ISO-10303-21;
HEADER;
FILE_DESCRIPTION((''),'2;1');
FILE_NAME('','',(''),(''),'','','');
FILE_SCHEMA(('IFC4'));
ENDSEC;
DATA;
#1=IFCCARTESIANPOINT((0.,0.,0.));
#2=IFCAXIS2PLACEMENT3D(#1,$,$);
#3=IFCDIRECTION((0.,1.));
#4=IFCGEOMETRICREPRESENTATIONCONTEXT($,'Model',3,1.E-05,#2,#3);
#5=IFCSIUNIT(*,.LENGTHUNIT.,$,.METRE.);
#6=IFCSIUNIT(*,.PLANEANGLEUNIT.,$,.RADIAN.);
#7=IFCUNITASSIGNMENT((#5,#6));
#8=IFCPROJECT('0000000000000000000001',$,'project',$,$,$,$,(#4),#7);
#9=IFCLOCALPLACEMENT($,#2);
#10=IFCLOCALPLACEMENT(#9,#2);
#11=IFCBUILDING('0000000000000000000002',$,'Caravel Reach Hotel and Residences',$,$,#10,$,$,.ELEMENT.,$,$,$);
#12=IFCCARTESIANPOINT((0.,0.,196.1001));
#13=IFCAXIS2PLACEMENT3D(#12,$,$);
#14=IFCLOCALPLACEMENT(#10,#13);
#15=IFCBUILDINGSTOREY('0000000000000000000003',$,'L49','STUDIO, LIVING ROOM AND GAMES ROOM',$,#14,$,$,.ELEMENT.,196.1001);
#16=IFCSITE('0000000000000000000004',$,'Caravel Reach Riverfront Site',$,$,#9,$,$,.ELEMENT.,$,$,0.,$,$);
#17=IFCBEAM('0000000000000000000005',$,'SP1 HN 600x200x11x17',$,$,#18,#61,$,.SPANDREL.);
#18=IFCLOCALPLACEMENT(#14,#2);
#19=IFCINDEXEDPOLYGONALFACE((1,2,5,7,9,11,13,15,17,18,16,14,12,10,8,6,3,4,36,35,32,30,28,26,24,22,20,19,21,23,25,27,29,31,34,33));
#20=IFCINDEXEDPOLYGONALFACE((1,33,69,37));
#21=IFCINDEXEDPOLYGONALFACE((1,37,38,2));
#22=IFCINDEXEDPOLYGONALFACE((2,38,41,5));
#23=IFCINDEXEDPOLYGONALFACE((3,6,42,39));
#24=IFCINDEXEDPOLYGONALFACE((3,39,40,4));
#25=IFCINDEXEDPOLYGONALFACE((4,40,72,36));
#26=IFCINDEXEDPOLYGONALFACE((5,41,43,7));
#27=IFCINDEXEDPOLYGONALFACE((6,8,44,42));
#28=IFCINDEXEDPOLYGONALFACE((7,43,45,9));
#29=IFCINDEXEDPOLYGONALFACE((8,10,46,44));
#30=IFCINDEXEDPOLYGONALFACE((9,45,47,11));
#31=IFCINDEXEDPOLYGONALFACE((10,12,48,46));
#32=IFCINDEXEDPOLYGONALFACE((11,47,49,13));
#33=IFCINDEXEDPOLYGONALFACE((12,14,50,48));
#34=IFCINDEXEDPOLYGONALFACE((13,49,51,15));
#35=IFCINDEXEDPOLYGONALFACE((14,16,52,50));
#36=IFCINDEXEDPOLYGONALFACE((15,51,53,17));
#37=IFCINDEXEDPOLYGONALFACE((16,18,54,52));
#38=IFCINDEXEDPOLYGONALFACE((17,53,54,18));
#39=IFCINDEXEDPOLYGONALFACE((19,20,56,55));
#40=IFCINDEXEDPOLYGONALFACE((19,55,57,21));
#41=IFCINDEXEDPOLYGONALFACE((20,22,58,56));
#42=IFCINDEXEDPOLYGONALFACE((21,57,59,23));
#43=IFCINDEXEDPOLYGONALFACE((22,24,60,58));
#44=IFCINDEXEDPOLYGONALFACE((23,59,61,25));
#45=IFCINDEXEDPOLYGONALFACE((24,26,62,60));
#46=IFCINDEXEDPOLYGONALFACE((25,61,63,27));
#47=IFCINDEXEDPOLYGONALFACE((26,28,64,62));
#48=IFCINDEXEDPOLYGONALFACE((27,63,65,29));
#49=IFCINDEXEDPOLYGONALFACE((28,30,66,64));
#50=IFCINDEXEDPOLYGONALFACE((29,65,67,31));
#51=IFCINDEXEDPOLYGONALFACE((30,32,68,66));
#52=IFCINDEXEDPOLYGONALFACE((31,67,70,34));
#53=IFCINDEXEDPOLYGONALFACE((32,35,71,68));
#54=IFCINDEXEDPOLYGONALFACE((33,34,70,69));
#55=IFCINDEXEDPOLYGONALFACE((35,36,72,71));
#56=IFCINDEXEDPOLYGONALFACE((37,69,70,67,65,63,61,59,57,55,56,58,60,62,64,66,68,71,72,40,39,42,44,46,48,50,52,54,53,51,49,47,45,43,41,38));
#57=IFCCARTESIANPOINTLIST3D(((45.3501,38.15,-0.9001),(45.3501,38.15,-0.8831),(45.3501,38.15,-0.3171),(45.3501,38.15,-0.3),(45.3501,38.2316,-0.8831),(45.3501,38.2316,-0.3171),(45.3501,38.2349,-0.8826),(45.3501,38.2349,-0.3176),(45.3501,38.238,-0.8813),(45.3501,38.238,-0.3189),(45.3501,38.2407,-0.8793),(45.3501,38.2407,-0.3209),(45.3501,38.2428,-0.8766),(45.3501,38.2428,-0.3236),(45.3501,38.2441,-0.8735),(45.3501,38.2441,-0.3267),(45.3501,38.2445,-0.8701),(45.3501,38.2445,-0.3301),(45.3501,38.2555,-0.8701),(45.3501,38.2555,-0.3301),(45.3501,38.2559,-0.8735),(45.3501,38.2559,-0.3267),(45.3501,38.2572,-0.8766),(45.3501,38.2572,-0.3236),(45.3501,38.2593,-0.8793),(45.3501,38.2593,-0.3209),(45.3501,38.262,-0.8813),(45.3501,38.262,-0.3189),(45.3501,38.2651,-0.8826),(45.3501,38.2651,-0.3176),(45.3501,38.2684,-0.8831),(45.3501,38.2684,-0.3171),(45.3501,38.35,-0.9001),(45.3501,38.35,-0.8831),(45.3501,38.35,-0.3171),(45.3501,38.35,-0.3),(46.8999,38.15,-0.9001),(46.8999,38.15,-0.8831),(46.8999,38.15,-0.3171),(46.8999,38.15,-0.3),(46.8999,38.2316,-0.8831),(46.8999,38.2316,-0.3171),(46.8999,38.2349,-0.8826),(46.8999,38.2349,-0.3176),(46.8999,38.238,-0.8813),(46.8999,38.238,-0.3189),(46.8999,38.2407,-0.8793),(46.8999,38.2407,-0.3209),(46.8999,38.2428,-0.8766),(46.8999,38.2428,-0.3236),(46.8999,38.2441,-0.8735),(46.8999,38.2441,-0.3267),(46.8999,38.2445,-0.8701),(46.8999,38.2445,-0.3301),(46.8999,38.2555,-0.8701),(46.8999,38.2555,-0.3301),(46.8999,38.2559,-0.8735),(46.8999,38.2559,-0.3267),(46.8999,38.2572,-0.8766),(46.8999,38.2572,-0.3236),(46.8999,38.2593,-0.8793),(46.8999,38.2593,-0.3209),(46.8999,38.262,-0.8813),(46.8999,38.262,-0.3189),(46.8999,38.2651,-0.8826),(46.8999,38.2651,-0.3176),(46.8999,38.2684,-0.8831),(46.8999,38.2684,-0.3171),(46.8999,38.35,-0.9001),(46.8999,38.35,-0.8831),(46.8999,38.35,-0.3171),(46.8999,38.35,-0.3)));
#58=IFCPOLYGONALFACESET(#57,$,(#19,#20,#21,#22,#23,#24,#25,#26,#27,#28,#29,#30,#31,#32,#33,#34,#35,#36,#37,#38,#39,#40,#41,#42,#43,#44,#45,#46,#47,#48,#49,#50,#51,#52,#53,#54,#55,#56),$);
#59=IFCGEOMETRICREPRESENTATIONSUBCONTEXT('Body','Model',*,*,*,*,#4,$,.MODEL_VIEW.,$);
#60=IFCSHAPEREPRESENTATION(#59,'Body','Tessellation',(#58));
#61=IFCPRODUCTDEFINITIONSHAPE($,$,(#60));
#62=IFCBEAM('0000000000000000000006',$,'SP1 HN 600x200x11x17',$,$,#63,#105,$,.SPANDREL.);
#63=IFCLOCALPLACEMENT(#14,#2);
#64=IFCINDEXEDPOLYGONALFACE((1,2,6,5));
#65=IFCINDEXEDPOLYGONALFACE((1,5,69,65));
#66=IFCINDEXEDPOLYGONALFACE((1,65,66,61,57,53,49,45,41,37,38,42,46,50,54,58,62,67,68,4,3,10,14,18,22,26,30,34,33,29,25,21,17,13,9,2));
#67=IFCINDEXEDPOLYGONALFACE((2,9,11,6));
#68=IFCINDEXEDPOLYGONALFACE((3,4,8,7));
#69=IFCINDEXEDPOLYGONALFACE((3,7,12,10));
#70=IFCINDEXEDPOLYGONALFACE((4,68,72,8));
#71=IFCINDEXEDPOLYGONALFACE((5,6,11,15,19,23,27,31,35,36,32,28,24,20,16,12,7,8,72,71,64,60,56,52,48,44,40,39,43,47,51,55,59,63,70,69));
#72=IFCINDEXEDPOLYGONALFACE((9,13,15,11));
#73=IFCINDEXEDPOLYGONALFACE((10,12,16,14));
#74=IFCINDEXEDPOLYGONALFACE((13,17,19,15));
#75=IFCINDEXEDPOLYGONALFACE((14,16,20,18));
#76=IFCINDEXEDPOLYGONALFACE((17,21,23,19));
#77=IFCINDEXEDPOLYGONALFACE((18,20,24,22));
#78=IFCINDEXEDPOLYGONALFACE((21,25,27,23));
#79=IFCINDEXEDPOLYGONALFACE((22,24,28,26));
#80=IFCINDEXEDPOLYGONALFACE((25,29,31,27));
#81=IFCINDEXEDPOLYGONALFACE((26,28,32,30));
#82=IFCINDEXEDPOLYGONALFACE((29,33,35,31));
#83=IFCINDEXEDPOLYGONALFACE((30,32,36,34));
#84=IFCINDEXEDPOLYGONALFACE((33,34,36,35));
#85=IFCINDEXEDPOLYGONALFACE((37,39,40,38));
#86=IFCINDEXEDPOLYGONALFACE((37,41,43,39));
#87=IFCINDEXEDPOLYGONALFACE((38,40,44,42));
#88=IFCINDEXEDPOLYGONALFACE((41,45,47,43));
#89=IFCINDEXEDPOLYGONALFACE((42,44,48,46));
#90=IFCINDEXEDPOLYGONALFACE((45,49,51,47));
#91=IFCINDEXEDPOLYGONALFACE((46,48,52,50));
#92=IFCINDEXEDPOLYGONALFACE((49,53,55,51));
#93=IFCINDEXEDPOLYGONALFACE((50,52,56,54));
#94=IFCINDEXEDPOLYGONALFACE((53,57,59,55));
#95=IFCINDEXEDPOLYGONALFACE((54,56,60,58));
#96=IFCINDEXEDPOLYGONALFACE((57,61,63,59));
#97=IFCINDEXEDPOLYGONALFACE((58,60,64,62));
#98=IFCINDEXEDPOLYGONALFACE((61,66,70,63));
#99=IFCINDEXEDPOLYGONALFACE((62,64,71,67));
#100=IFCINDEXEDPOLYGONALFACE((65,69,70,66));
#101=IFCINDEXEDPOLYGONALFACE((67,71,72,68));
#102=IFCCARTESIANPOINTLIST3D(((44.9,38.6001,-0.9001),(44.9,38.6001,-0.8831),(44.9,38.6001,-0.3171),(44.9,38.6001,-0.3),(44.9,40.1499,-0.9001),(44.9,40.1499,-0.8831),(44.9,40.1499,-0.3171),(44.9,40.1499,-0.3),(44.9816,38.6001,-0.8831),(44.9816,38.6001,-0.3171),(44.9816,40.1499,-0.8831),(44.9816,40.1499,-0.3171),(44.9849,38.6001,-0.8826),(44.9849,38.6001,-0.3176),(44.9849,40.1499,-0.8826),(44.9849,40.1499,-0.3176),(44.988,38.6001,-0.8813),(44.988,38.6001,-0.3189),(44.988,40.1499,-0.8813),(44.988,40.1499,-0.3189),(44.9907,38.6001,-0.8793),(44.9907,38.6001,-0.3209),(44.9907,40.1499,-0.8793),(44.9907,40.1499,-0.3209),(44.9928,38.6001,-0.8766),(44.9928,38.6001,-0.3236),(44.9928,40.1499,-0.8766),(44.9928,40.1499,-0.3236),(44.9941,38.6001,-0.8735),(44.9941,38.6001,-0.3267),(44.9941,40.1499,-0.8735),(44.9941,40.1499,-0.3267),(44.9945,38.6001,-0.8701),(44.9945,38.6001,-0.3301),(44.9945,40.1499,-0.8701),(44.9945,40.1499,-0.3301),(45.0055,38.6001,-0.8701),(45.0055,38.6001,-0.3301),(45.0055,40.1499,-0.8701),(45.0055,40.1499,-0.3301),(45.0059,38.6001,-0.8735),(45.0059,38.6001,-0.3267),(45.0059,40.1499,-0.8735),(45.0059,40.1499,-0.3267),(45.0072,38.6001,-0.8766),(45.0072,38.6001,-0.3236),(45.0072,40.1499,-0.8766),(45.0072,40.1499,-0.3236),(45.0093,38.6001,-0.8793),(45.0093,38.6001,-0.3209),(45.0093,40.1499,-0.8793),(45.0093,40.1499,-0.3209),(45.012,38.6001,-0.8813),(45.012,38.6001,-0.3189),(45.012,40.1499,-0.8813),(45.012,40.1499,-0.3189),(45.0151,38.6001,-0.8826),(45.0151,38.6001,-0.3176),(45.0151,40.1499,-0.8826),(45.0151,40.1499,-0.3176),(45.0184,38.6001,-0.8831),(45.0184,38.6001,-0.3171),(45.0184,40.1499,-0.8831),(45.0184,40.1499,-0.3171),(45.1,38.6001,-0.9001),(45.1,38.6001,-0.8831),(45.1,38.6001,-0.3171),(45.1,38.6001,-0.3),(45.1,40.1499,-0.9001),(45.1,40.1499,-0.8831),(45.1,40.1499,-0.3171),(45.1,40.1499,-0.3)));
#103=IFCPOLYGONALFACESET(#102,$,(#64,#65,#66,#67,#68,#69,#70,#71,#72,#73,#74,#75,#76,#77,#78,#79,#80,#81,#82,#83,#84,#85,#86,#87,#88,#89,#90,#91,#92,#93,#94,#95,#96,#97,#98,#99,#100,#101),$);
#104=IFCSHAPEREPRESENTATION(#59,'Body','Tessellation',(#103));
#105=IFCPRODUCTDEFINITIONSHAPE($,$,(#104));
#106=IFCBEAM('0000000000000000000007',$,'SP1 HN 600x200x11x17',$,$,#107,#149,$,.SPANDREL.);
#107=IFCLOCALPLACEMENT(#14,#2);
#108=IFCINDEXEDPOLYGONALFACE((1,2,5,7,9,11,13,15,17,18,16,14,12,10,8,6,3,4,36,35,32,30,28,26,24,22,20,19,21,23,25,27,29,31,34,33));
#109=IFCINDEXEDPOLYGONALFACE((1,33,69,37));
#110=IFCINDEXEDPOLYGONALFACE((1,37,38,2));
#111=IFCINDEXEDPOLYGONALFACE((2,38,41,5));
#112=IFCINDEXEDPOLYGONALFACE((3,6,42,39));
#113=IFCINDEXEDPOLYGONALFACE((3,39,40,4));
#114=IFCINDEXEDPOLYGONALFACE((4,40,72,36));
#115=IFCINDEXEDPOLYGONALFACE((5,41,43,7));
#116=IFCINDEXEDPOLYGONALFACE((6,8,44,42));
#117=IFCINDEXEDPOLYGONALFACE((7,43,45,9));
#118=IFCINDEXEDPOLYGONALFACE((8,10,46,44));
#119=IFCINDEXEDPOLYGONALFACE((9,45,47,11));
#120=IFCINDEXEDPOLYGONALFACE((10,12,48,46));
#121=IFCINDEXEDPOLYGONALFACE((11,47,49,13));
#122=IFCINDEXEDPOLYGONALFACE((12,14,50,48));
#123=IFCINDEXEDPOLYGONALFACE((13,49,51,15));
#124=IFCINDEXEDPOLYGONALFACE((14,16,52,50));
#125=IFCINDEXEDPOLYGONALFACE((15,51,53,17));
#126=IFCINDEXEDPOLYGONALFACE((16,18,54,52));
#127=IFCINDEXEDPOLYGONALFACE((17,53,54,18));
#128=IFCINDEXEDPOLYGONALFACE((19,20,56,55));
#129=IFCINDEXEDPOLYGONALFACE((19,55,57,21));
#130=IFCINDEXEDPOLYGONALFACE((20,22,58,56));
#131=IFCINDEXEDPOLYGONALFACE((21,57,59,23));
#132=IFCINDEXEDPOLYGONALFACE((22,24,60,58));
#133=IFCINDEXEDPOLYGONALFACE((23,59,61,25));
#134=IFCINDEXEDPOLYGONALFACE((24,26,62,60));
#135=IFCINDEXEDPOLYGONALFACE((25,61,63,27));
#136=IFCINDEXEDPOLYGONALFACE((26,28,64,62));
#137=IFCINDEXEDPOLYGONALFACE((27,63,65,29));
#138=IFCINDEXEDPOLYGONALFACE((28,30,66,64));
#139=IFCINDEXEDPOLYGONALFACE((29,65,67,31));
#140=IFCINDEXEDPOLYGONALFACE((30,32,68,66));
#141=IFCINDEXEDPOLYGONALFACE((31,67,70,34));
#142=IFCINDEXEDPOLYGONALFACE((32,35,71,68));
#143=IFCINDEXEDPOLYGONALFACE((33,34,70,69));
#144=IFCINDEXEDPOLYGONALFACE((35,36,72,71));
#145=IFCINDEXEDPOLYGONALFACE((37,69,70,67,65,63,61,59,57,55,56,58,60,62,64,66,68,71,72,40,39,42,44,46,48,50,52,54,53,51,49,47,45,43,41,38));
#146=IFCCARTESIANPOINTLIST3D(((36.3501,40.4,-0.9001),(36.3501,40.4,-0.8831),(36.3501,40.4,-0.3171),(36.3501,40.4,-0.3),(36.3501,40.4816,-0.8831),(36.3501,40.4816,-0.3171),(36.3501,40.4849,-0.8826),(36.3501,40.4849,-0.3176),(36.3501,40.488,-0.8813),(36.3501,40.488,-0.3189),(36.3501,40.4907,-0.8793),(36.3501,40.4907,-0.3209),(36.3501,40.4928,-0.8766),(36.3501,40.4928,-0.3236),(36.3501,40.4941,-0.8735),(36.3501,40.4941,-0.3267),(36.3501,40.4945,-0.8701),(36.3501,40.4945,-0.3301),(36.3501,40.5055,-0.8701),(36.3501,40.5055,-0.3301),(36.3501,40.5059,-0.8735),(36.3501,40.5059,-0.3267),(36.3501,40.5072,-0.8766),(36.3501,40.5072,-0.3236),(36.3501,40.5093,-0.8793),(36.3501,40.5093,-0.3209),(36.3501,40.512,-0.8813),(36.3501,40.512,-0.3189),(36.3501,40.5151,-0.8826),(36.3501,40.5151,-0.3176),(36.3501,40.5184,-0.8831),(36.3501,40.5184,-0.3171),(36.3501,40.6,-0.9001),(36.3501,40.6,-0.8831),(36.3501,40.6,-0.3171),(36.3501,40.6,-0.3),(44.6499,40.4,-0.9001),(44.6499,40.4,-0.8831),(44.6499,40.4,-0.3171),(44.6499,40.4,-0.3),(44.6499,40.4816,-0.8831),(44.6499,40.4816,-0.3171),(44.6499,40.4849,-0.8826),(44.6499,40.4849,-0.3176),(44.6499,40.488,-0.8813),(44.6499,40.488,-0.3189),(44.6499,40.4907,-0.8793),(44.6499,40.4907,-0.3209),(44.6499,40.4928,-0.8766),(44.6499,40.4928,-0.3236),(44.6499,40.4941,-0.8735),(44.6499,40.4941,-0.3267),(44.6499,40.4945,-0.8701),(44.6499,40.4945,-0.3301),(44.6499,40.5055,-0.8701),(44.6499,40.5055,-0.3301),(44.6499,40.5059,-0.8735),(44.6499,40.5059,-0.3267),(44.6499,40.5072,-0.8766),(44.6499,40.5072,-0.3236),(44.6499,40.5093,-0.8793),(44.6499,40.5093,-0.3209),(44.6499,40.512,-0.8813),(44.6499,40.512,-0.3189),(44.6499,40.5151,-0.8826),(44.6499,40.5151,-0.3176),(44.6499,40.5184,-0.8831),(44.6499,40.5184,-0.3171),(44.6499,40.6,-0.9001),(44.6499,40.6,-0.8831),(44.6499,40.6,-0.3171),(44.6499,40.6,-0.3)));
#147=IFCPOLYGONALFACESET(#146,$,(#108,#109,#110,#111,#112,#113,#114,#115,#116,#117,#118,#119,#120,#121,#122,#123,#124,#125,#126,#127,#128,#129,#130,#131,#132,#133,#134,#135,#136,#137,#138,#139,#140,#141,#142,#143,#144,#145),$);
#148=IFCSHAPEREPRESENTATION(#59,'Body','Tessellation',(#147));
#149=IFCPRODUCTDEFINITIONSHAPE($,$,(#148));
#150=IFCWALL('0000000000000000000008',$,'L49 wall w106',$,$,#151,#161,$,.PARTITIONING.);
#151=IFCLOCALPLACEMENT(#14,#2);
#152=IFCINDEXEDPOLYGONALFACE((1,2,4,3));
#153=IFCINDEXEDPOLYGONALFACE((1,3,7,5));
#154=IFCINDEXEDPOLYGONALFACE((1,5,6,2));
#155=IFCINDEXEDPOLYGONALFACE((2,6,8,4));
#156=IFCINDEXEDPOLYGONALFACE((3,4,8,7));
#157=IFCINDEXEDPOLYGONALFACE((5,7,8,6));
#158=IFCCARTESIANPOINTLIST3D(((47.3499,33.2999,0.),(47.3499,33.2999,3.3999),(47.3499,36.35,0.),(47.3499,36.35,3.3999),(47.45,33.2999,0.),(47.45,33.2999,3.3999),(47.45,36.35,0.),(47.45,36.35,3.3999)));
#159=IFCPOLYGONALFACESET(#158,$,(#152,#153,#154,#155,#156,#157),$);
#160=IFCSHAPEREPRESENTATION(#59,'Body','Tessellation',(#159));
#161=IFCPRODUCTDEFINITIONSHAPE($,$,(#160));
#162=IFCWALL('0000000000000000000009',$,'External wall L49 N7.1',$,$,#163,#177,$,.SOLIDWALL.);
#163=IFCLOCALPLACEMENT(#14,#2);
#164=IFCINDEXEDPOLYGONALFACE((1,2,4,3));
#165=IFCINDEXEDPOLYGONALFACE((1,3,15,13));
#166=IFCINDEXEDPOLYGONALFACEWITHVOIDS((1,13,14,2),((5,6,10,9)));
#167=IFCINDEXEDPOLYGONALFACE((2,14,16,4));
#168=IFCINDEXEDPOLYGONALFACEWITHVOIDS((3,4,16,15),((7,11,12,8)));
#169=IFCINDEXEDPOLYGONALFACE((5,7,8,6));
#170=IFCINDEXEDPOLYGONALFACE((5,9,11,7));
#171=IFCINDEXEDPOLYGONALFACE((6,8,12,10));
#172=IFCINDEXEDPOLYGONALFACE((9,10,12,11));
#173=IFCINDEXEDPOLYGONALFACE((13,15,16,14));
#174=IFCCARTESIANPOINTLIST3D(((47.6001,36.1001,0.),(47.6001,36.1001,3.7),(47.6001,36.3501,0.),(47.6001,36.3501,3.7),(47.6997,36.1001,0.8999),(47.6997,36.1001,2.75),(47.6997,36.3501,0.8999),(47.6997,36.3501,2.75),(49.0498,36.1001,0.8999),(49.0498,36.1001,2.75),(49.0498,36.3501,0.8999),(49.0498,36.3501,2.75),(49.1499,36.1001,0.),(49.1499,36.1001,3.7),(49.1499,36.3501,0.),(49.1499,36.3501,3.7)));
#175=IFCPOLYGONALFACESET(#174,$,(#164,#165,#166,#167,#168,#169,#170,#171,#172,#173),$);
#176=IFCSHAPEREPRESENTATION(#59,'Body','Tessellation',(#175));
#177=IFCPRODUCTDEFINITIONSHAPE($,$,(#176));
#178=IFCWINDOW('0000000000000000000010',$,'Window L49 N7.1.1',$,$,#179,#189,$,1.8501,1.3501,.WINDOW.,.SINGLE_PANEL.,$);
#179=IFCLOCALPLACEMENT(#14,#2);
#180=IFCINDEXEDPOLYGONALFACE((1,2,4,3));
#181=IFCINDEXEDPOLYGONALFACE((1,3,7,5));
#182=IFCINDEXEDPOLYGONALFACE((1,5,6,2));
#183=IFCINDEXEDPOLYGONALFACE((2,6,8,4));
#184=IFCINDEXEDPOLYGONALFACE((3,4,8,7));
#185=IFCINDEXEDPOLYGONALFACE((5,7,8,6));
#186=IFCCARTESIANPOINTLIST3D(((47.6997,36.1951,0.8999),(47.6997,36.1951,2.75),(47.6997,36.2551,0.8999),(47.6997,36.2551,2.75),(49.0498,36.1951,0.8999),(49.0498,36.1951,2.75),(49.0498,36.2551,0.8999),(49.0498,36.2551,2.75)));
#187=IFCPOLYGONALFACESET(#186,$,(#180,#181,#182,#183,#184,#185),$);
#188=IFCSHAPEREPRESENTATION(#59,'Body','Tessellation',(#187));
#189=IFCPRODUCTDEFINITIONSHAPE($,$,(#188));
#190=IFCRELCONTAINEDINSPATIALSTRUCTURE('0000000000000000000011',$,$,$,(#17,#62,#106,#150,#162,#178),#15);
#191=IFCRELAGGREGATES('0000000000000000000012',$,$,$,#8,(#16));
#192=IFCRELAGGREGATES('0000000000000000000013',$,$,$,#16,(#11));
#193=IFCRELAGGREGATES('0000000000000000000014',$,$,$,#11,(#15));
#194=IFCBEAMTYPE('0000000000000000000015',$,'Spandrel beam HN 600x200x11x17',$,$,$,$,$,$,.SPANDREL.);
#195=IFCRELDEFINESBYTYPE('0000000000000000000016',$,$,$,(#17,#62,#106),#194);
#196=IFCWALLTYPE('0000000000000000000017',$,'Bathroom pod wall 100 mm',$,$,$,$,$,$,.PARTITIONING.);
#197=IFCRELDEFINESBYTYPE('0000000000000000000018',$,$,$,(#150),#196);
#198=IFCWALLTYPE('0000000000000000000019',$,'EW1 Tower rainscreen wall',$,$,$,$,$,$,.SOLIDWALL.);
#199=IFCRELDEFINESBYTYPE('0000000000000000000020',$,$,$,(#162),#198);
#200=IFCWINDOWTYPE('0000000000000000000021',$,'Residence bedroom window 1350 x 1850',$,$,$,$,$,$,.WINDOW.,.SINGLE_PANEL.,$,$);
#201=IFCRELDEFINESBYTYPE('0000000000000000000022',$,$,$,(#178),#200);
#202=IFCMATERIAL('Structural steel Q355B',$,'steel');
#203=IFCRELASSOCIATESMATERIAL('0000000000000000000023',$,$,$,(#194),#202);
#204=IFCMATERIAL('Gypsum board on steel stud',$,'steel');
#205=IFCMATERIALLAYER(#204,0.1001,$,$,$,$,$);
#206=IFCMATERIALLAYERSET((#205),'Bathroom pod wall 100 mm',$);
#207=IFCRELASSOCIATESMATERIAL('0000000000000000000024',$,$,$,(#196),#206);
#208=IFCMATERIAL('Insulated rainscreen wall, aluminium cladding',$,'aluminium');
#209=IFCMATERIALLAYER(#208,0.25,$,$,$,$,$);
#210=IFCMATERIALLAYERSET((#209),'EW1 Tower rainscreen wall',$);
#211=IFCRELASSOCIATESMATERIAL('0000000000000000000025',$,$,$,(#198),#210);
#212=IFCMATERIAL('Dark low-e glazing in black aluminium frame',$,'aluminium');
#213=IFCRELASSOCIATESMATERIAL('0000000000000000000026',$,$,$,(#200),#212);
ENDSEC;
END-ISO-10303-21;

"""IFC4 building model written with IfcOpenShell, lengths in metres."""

from ifc_helpers import new_model, si_unit, direction, frame, frame_2d, origin, origin_2d, place, context, subcontext, project, spatial, rectangle, i_section, extrude, material, layer, layer_set, material_profile, profile_set, type_object, element, fill, save


model = new_model("IFC4")

# Units and contexts
model_context = context("Model", 3, precision=1e-05, world=origin(), true_north=direction((0.0, 1.0)))
body_context = subcontext(model_context, "Body", "Model", "MODEL_VIEW")
ifc_project = project(units=[si_unit("LENGTHUNIT", "METRE"), si_unit("PLANEANGLEUNIT", "RADIAN")], contexts=[model_context])

# Site, building, storey
site_placement = place(None, origin())
site = spatial("IfcSite", under=ifc_project, at=site_placement, Name="Caravel Reach Riverfront Site", CompositionType="ELEMENT", RefElevation=0.0)
building_placement = place(site_placement, origin())
building = spatial("IfcBuilding", under=site, at=building_placement, Name="Caravel Reach Hotel and Residences", CompositionType="ELEMENT")
storey_placement = place(building_placement, frame((0.0, 0.0, 196.1001)))
storey = spatial("IfcBuildingStorey", under=building, at=storey_placement, Name="L49", Description="STUDIO, LIVING ROOM AND GAMES ROOM", CompositionType="ELEMENT", Elevation=196.1001)

# Beams
ifc_material_1 = material(Name="Structural steel Q355B", Category="steel")
ifc_material_profile_1 = material_profile(ifc_material_1, i_section(OverallWidth=0.2, OverallDepth=0.6001, WebThickness=0.011, FlangeThickness=0.0171, FilletRadius=0.0129, at=origin_2d()), Name="HN 600x200x11x17")
ifc_profile_set_1 = profile_set([ifc_material_profile_1], Name="Structural steel Q355B")
beam_type = type_object("IfcBeamType", Name="Spandrel beam HN 600x200x11x17", PredefinedType="SPANDREL", material=ifc_profile_set_1)
for number, where, z_axis, x_axis, name in (
    (1, (46.8999, 38.25, -0.6001), (-1.0, 0.0, 0.0), (0.0, -1.0, 0.0), "SP1 HN 600x200x11x17"),
    (2, (45.0, 38.6001, -0.6001), (0.0, 1.0, 0.0), (-1.0, 0.0, 0.0), "SP1 HN 600x200x11x17"),
):
    element("IfcBeam", number, at=place(storey_placement, frame(where, z_axis=z_axis, x_axis=x_axis)), inside=storey, type_object=beam_type, Name=name, PredefinedType="SPANDREL", context=body_context, shape_type="SweptSolid", body=[
        extrude(i_section(OverallWidth=0.2, OverallDepth=0.6001, WebThickness=0.011, FlangeThickness=0.0171, FilletRadius=0.0129, at=origin_2d()), origin(), (0.0, 0.0, 1.0), 1.5498),
    ])
beam_placement = place(storey_placement, frame((44.6499, 40.5, -0.6001), z_axis=(-1.0, 0.0, 0.0), x_axis=(0.0, -1.0, 0.0)))
element("IfcBeam", 3, at=beam_placement, inside=storey, type_object=beam_type, Name="SP1 HN 600x200x11x17", PredefinedType="SPANDREL", context=body_context, shape_type="SweptSolid", body=[
    extrude(i_section(OverallWidth=0.2, OverallDepth=0.6001, WebThickness=0.011, FlangeThickness=0.0171, FilletRadius=0.0129, at=origin_2d()), origin(), (0.0, 0.0, 1.0), 8.2998),
])

# Wall
ifc_material_2 = material(Name="Gypsum board on steel stud", Category="steel")
ifc_layer_1 = layer(ifc_material_2, 0.1001)
ifc_layer_set_1 = layer_set([ifc_layer_1], Name="Bathroom pod wall 100 mm")
wall_type_1 = type_object("IfcWallType", Name="Bathroom pod wall 100 mm", PredefinedType="PARTITIONING", material=ifc_layer_set_1)
wall_1_placement = place(storey_placement, frame((47.3999, 33.3, 0.0), z_axis=(0.0, 0.0, 1.0), x_axis=(0.0, 1.0, 0.0)))
element("IfcWall", 4, at=wall_1_placement, inside=storey, type_object=wall_type_1, Name="L49 wall w106", PredefinedType="PARTITIONING", context=body_context, shape_type="SweptSolid", body=[
    extrude(rectangle(XDim=3.05, YDim=0.1001, at=frame_2d((1.5249, 0.0))), origin(), (0.0, 0.0, 1.0), 3.3999),
])

# Wall, opening, window
ifc_material_3 = material(Name="Insulated rainscreen wall, aluminium cladding", Category="aluminium")
ifc_layer_2 = layer(ifc_material_3, 0.25)
ifc_layer_set_2 = layer_set([ifc_layer_2], Name="EW1 Tower rainscreen wall")
wall_type_2 = type_object("IfcWallType", Name="EW1 Tower rainscreen wall", PredefinedType="SOLIDWALL", material=ifc_layer_set_2)
wall_2_placement = place(storey_placement, frame((49.1499, 36.2251, 0.0), z_axis=(0.0, 0.0, 1.0), x_axis=(-1.0, 0.0, 0.0)))
wall_2 = element("IfcWall", 5, at=wall_2_placement, inside=storey, type_object=wall_type_2, Name="External wall L49 N7.1", PredefinedType="SOLIDWALL", context=body_context, shape_type="SweptSolid", body=[
    extrude(rectangle(XDim=1.5498, YDim=0.25, at=frame_2d((0.7749, 0.0))), origin(), (0.0, 0.0, 1.0), 3.7),
])
opening_1_placement = place(wall_2_placement, frame((0.1001, 0.0, 0.8999)))
opening_1 = element("IfcOpeningElement", 6, at=opening_1_placement, cuts=wall_2, PredefinedType="OPENING", context=body_context, shape_type="SweptSolid", body=[
    extrude(rectangle(XDim=1.3501, YDim=1.8501, at=frame_2d((0.675, 0.925))), frame((0.0, 0.135, 0.0), z_axis=(0.0, -1.0, 0.0), x_axis=(1.0, 0.0, 0.0)), (0.0, 0.0, 1.0), 0.27),
])
ifc_material_4 = material(Name="Dark low-e glazing in black aluminium frame", Category="aluminium")
window_type_1 = type_object("IfcWindowType", Name="Residence bedroom window 1350 x 1850", PartitioningType="SINGLE_PANEL", PredefinedType="WINDOW", material=ifc_material_4)
window_1_placement = place(opening_1_placement, origin())
window_1 = element("IfcWindow", 7, at=window_1_placement, inside=storey, type_object=window_type_1, Name="Window L49 N7.1.1", OverallHeight=1.8501, OverallWidth=1.3501, PartitioningType="SINGLE_PANEL", PredefinedType="WINDOW", context=body_context, shape_type="SweptSolid", body=[
    extrude(rectangle(XDim=1.3501, YDim=1.8501, at=frame_2d((0.675, 0.925))), frame((0.0, 0.03, 0.0), z_axis=(0.0, -1.0, 0.0), x_axis=(1.0, 0.0, 0.0)), (0.0, 0.0, 1.0), 0.0601),
])
fill(opening_1, window_1)

save(model, "model.ifc")
